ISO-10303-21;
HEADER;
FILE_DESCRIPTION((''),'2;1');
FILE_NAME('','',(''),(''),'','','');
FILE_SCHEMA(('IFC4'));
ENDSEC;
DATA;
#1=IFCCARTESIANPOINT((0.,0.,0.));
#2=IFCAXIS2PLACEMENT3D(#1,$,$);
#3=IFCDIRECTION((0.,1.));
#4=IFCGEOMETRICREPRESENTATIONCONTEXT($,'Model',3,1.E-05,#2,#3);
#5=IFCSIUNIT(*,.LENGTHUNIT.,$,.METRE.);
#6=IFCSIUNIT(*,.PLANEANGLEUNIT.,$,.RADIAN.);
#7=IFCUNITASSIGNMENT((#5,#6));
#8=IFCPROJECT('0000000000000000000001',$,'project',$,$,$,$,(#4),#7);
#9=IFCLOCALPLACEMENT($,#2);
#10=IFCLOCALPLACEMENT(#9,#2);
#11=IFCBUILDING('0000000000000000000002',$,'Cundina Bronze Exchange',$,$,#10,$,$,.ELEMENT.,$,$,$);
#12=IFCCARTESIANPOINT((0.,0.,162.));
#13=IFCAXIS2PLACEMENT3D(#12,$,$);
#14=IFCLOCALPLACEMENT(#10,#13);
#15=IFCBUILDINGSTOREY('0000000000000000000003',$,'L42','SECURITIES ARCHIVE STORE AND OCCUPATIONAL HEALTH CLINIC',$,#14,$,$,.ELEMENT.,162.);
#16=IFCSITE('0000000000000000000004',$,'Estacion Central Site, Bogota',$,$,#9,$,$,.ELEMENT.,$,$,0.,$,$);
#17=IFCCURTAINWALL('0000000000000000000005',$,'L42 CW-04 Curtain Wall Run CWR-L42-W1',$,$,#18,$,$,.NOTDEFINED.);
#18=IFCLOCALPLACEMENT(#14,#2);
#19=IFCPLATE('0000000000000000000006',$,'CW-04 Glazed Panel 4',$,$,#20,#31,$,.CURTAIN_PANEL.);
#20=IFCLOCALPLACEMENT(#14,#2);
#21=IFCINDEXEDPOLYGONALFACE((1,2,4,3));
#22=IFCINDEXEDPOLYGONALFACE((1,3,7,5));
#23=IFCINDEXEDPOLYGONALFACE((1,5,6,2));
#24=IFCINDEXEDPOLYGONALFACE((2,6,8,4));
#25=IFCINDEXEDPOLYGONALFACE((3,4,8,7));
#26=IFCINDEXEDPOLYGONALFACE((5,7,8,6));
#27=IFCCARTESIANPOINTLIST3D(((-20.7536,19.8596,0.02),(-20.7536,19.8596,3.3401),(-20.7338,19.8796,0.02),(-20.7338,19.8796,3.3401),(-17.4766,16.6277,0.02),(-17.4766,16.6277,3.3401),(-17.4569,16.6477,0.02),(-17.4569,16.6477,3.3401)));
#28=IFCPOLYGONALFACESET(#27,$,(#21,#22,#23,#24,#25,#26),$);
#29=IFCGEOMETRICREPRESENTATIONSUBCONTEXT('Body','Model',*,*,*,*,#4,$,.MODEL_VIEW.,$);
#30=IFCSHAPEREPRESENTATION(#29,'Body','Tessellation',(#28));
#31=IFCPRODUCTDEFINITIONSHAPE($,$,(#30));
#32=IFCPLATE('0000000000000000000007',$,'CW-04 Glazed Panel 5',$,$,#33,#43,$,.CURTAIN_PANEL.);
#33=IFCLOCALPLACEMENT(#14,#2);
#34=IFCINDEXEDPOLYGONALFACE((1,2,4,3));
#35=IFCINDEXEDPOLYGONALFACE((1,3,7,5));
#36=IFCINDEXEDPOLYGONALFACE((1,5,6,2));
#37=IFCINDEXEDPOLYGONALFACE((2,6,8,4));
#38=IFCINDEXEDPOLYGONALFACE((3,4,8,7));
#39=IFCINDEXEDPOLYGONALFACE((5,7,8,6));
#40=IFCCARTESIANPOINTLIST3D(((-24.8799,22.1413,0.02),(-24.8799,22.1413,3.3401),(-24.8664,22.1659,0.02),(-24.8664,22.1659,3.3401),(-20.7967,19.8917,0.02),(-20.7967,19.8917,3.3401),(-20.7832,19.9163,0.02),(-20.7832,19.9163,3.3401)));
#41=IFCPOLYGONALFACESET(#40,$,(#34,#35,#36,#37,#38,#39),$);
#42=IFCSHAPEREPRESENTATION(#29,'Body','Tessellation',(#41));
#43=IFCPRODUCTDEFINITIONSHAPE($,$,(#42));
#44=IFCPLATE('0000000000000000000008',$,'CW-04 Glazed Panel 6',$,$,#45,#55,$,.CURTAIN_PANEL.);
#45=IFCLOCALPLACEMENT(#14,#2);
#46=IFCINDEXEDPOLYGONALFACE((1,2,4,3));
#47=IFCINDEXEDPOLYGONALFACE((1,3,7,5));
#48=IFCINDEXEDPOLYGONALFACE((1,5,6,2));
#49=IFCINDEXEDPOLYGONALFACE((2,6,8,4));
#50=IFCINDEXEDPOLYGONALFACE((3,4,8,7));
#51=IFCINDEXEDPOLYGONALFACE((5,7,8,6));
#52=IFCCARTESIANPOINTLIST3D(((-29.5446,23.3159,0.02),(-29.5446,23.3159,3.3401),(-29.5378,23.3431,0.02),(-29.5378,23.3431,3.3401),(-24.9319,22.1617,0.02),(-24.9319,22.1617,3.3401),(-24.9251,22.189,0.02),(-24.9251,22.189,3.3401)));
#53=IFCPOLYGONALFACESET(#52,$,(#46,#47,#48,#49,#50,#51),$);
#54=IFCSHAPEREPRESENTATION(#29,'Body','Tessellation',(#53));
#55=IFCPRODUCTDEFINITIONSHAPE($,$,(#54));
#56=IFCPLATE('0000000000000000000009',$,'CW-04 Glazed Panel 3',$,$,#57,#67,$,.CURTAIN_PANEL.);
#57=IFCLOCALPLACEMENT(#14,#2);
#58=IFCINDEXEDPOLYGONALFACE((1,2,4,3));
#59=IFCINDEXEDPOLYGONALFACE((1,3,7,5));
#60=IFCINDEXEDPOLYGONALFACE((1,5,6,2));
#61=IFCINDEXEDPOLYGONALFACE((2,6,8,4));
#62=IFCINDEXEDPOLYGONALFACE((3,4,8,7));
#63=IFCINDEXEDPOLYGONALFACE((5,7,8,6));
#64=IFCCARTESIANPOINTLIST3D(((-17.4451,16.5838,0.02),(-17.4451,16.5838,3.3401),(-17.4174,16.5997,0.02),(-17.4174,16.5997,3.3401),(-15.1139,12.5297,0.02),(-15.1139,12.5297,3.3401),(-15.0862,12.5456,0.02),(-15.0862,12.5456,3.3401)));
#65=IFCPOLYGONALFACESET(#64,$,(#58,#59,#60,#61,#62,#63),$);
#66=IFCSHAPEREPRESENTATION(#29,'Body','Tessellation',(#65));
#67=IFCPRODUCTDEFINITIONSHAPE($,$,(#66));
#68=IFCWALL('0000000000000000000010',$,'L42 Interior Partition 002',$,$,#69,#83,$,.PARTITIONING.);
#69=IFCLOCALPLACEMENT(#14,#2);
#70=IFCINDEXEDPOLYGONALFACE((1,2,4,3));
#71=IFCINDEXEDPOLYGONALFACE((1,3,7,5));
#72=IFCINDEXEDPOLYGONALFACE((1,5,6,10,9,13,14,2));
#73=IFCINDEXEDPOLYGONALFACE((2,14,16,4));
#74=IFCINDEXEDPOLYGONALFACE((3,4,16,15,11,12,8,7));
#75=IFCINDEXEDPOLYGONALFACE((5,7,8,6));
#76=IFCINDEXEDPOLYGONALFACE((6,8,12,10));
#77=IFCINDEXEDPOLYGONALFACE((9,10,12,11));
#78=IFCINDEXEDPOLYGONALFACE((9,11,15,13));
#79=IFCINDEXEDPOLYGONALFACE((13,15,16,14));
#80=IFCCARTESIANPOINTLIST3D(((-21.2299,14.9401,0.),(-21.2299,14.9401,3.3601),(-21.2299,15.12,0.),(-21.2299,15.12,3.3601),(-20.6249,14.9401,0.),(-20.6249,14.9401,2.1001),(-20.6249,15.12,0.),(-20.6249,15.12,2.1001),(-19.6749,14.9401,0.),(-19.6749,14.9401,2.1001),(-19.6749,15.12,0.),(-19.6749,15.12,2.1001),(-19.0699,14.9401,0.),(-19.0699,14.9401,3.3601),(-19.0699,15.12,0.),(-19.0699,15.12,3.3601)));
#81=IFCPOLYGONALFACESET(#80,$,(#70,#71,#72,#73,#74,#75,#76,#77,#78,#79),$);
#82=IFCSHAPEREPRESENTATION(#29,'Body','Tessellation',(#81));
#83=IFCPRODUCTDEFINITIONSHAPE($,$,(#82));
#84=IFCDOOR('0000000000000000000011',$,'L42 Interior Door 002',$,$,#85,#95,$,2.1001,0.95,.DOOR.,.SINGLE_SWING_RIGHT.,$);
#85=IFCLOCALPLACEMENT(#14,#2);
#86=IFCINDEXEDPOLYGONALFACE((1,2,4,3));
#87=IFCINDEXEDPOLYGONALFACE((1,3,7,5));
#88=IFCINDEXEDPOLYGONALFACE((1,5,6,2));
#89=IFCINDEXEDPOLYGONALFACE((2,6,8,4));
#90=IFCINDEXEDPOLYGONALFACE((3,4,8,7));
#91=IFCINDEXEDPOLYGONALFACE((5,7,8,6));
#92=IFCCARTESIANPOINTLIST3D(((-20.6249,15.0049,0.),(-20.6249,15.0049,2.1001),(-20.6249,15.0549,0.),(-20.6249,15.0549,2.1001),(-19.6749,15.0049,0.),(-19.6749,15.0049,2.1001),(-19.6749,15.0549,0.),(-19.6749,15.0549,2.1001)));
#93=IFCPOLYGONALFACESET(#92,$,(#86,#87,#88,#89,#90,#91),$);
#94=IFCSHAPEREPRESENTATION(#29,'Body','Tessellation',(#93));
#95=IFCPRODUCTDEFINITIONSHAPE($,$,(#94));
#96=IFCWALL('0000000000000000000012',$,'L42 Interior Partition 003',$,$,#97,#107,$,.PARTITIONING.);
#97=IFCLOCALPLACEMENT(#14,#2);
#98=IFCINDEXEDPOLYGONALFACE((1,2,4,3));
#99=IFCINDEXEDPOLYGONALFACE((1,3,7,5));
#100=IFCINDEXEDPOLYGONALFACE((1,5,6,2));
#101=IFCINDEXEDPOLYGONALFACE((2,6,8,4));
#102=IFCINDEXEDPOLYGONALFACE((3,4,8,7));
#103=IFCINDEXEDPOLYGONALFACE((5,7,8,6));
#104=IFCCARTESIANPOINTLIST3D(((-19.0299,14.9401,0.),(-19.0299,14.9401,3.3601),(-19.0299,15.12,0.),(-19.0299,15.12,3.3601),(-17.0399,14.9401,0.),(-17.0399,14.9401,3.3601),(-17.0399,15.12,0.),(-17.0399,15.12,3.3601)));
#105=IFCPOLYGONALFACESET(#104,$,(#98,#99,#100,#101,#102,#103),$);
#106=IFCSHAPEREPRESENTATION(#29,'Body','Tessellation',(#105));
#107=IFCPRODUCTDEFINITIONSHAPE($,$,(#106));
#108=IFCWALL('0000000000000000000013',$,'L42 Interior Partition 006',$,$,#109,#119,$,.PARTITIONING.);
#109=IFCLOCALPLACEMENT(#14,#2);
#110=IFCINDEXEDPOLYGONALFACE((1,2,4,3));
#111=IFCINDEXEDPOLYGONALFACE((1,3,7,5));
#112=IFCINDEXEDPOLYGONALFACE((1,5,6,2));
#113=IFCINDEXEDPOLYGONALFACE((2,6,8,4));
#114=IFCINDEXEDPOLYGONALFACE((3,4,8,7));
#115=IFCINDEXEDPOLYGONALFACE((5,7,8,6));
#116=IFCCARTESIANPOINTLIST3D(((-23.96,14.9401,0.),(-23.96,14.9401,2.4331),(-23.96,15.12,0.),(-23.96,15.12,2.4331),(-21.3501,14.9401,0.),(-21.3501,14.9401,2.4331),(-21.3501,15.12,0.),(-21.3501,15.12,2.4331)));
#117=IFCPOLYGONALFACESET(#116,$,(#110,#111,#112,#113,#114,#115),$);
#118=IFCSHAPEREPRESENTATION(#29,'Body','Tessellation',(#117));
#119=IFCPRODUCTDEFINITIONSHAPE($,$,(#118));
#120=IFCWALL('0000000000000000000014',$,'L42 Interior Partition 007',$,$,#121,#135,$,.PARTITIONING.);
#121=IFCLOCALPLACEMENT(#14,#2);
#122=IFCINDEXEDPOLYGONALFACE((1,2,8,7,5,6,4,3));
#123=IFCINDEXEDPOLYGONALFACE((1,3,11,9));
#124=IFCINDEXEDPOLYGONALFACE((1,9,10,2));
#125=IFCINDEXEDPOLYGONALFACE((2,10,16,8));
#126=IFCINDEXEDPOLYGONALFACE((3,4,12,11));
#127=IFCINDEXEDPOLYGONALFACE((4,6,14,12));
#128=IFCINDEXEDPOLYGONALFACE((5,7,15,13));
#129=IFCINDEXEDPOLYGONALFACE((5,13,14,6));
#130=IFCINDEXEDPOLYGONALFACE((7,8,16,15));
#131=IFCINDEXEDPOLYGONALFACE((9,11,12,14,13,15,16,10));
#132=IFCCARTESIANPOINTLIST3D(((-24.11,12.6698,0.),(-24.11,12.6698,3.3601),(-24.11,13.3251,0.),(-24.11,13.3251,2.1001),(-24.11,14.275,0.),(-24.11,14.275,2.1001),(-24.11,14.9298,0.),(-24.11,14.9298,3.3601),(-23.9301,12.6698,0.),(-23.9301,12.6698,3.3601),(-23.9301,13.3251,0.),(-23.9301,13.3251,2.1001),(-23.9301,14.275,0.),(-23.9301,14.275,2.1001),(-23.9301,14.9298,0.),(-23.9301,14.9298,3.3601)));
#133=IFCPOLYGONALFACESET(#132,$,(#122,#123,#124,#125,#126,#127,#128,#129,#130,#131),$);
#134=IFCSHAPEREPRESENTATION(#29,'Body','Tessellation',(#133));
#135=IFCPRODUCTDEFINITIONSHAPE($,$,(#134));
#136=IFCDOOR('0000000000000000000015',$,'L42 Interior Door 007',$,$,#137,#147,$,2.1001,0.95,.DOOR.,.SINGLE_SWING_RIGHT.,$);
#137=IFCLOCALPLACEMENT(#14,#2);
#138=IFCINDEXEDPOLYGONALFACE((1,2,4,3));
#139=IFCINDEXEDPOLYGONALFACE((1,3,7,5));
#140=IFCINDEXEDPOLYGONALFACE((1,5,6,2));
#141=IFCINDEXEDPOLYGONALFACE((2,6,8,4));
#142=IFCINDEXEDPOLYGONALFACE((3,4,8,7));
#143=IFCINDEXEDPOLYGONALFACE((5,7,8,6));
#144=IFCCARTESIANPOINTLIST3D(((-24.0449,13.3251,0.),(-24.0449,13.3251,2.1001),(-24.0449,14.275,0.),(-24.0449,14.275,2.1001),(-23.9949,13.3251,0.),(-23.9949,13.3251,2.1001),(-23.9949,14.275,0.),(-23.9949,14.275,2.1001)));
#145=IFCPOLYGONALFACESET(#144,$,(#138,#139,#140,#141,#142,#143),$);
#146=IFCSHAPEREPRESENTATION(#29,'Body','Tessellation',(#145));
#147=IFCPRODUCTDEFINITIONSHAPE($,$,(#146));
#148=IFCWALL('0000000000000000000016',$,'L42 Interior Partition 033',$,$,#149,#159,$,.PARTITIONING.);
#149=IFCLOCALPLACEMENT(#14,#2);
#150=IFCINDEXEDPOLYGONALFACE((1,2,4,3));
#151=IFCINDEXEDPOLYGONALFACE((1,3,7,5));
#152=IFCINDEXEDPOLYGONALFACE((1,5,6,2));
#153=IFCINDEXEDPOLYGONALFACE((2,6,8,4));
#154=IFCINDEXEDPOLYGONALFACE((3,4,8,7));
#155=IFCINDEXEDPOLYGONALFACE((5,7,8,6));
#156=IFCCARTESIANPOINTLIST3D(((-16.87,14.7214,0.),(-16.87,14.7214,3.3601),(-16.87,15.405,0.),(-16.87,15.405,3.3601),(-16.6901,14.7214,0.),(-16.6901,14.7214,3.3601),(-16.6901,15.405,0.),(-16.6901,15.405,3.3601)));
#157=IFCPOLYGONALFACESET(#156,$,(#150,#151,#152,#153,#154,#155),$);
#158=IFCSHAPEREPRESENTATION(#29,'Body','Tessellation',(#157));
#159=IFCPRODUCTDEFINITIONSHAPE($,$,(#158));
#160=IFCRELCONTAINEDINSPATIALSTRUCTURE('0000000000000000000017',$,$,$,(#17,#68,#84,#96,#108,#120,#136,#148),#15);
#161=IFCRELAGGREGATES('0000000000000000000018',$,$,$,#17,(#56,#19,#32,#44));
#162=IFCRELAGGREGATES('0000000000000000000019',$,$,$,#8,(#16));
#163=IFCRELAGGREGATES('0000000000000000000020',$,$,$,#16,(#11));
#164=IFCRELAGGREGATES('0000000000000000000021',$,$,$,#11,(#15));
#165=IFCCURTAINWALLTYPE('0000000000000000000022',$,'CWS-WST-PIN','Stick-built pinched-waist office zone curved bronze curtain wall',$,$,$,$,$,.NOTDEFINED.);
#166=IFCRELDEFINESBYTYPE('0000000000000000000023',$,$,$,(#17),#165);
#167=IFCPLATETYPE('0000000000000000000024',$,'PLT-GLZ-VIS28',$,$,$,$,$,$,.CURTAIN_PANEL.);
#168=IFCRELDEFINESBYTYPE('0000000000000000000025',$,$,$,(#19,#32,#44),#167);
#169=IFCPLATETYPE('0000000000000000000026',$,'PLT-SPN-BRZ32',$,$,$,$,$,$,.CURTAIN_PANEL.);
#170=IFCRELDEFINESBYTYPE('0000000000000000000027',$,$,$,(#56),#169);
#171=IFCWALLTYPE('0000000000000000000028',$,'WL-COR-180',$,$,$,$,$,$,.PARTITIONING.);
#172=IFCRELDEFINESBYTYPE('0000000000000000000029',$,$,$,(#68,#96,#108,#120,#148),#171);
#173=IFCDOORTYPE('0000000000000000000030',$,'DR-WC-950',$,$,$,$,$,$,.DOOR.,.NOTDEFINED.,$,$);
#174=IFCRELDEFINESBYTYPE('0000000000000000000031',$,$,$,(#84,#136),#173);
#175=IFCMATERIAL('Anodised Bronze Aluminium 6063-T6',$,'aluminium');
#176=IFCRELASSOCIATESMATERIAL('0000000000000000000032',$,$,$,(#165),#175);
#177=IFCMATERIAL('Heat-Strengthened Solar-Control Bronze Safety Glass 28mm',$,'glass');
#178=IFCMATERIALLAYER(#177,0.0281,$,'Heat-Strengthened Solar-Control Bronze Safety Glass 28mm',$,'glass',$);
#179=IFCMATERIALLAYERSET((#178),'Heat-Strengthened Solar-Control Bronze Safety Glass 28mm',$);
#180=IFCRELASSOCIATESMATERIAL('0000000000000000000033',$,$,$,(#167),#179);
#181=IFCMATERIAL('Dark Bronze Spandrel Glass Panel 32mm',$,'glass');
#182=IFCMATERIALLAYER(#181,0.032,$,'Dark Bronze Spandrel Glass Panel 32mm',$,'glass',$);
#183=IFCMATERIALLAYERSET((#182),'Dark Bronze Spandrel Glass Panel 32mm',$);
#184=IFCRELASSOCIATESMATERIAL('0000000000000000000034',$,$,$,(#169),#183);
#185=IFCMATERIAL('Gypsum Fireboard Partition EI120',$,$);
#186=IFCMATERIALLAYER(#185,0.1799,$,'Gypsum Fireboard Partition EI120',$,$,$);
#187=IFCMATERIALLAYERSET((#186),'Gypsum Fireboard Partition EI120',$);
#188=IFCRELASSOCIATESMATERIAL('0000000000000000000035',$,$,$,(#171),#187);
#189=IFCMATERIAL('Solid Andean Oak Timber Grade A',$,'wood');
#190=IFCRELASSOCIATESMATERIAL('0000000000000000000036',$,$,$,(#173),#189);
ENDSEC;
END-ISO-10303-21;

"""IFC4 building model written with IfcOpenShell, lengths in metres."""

from ifc_helpers import new_model, si_unit, direction, frame, frame_2d, origin, origin_2d, place, context, subcontext, project, spatial, rectangle, extrude, material, layer, layer_set, type_object, element, fill, aggregate, save


model = new_model("IFC4")

# Units and contexts
model_context = context("Model", 3, precision=1e-05, world=origin(), true_north=direction((0.0, 1.0)))
body_context = subcontext(model_context, "Body", "Model", "MODEL_VIEW")
ifc_project = project(units=[si_unit("LENGTHUNIT", "METRE"), si_unit("PLANEANGLEUNIT", "RADIAN")], contexts=[model_context])

# Site, building, storey
site_placement = place(None, origin())
site = spatial("IfcSite", under=ifc_project, at=site_placement, Name="Estacion Central Site, Bogota", CompositionType="ELEMENT", RefElevation=0.0)
building_placement = place(site_placement, origin())
building = spatial("IfcBuilding", under=site, at=building_placement, Name="Cundina Bronze Exchange", CompositionType="ELEMENT")
storey_placement = place(building_placement, frame((0.0, 0.0, 162.0)))
storey = spatial("IfcBuildingStorey", under=building, at=storey_placement, Name="L42", Description="SECURITIES ARCHIVE STORE AND OCCUPATIONAL HEALTH CLINIC", CompositionType="ELEMENT", Elevation=162.0)

# Curtain wall, plates
ifc_material_1 = material(Name="Anodised Bronze Aluminium 6063-T6", Category="aluminium")
curtain_wall_type = type_object("IfcCurtainWallType", Name="CWS-WST-PIN", Description="Stick-built pinched-waist office zone curved bronze curtain wall", PredefinedType="NOTDEFINED", material=ifc_material_1)
curtain_wall_placement = place(storey_placement, origin())
curtain_wall = element("IfcCurtainWall", 1, at=curtain_wall_placement, inside=storey, type_object=curtain_wall_type, Name="L42 CW-04 Curtain Wall Run CWR-L42-W1", PredefinedType="NOTDEFINED")
ifc_material_2 = material(Name="Heat-Strengthened Solar-Control Bronze Safety Glass 28mm", Category="glass")
ifc_layer_1 = layer(ifc_material_2, 0.0281, Name="Heat-Strengthened Solar-Control Bronze Safety Glass 28mm", Category="glass")
ifc_layer_set_1 = layer_set([ifc_layer_1], Name="Heat-Strengthened Solar-Control Bronze Safety Glass 28mm")
plate_type_1 = type_object("IfcPlateType", Name="PLT-GLZ-VIS28", PredefinedType="CURTAIN_PANEL", material=ifc_layer_set_1)
plate_1_placement = place(storey_placement, frame((-19.1052, 18.2537, 0.02), z_axis=(0.0, 0.0, 1.0), x_axis=(-0.711989, 0.70219, 0.0)))
plate_1 = element("IfcPlate", 2, at=plate_1_placement, type_object=plate_type_1, Name="CW-04 Glazed Panel 4", PredefinedType="CURTAIN_PANEL", context=body_context, shape_type="SweptSolid", body=[
    extrude(rectangle(XDim=4.6025, YDim=0.0281, at=origin_2d()), origin(), (0.0, 0.0, 1.0), 3.3201),
])
plate_2_placement = place(storey_placement, frame((-22.8315, 21.0288, 0.02), z_axis=(0.0, 0.0, 1.0), x_axis=(-0.875869, 0.482549, 0.0)))
plate_2 = element("IfcPlate", 3, at=plate_2_placement, type_object=plate_type_1, Name="CW-04 Glazed Panel 5", PredefinedType="CURTAIN_PANEL", context=body_context, shape_type="SweptSolid", body=[
    extrude(rectangle(XDim=4.6619, YDim=0.0281, at=origin_2d()), origin(), (0.0, 0.0, 1.0), 3.3201),
])
plate_3_placement = place(storey_placement, frame((-27.2349, 22.7524, 0.02), z_axis=(0.0, 0.0, 1.0), x_axis=(-0.970093, 0.242735, 0.0)))
plate_3 = element("IfcPlate", 4, at=plate_3_placement, type_object=plate_type_1, Name="CW-04 Glazed Panel 6", PredefinedType="CURTAIN_PANEL", context=body_context, shape_type="SweptSolid", body=[
    extrude(rectangle(XDim=4.7549, YDim=0.0281, at=origin_2d()), origin(), (0.0, 0.0, 1.0), 3.3201),
])
ifc_material_3 = material(Name="Dark Bronze Spandrel Glass Panel 32mm", Category="glass")
ifc_layer_2 = layer(ifc_material_3, 0.032, Name="Dark Bronze Spandrel Glass Panel 32mm", Category="glass")
ifc_layer_set_2 = layer_set([ifc_layer_2], Name="Dark Bronze Spandrel Glass Panel 32mm")
plate_type_2 = type_object("IfcPlateType", Name="PLT-SPN-BRZ32", PredefinedType="CURTAIN_PANEL", material=ifc_layer_set_2)
plate_4_placement = place(storey_placement, frame((-16.2656, 14.5647, 0.02), z_axis=(0.0, 0.0, 1.0), x_axis=(-0.498488, 0.866897, 0.0)))
plate_4 = element("IfcPlate", 5, at=plate_4_placement, type_object=plate_type_2, Name="CW-04 Glazed Panel 3", PredefinedType="CURTAIN_PANEL", context=body_context, shape_type="SweptSolid", body=[
    extrude(rectangle(XDim=4.6765, YDim=0.032, at=origin_2d()), origin(), (0.0, 0.0, 1.0), 3.3201),
])
aggregate(curtain_wall, [plate_4, plate_1, plate_2, plate_3])

# Wall, opening, door
ifc_material_4 = material(Name="Gypsum Fireboard Partition EI120")
ifc_layer_3 = layer(ifc_material_4, 0.1799, Name="Gypsum Fireboard Partition EI120")
ifc_layer_set_3 = layer_set([ifc_layer_3], Name="Gypsum Fireboard Partition EI120")
wall_type_1 = type_object("IfcWallType", Name="WL-COR-180", PredefinedType="PARTITIONING", material=ifc_layer_set_3)
wall_1_placement = place(storey_placement, frame((-21.23, 15.03, 0.0), z_axis=(0.0, 0.0, 1.0), x_axis=(1.0, 0.0, 0.0)))
wall_1 = element("IfcWall", 6, at=wall_1_placement, inside=storey, type_object=wall_type_1, Name="L42 Interior Partition 002", PredefinedType="PARTITIONING", context=body_context, shape_type="SweptSolid", body=[
    extrude(rectangle(XDim=2.1599, YDim=0.1799, at=frame_2d((1.0801, 0.0))), origin(), (0.0, 0.0, 1.0), 3.3601),
])
opening_1_placement = place(wall_1_placement, frame((0.605, 0.0, 0.0)))
opening_1 = element("IfcOpeningElement", 7, at=opening_1_placement, cuts=wall_1, PredefinedType="OPENING", context=body_context, shape_type="SweptSolid", body=[
    extrude(rectangle(XDim=0.95, YDim=2.1001, at=frame_2d((0.4751, 1.05))), frame((0.0, 0.0999, 0.0), z_axis=(0.0, -1.0, 0.0), x_axis=(1.0, 0.0, 0.0)), (0.0, 0.0, 1.0), 0.2),
])
ifc_material_5 = material(Name="Solid Andean Oak Timber Grade A", Category="wood")
door_type_1 = type_object("IfcDoorType", Name="DR-WC-950", OperationType="NOTDEFINED", PredefinedType="DOOR", material=ifc_material_5)
door_1_placement = place(opening_1_placement, origin())
door_1 = element("IfcDoor", 8, at=door_1_placement, inside=storey, type_object=door_type_1, Name="L42 Interior Door 002", OperationType="SINGLE_SWING_RIGHT", OverallHeight=2.1001, OverallWidth=0.95, PredefinedType="DOOR", context=body_context, shape_type="SweptSolid", body=[
    extrude(rectangle(XDim=0.95, YDim=2.1001, at=frame_2d((0.4751, 1.05))), frame((0.0, 0.0249, 0.0), z_axis=(0.0, -1.0, 0.0), x_axis=(1.0, 0.0, 0.0)), (0.0, 0.0, 1.0), 0.05),
])
fill(opening_1, door_1)

# Walls
wall_2_placement = place(storey_placement, frame((-19.03, 15.03, 0.0), z_axis=(0.0, 0.0, 1.0), x_axis=(1.0, 0.0, 0.0)))
element("IfcWall", 9, at=wall_2_placement, inside=storey, type_object=wall_type_1, Name="L42 Interior Partition 003", PredefinedType="PARTITIONING", context=body_context, shape_type="SweptSolid", body=[
    extrude(rectangle(XDim=1.99, YDim=0.1799, at=frame_2d((0.9951, 0.0))), origin(), (0.0, 0.0, 1.0), 3.3601),
])
wall_3_placement = place(storey_placement, frame((-23.96, 15.03, 0.0), z_axis=(0.0, 0.0, 1.0), x_axis=(1.0, 0.0, 0.0)))
element("IfcWall", 10, at=wall_3_placement, inside=storey, type_object=wall_type_1, Name="L42 Interior Partition 006", PredefinedType="PARTITIONING", context=body_context, shape_type="SweptSolid", body=[
    extrude(rectangle(XDim=2.6099, YDim=0.1799, at=frame_2d((1.3049, 0.0))), origin(), (0.0, 0.0, 1.0), 2.4331),
])

# Wall, opening, door
wall_4_placement = place(storey_placement, frame((-24.02, 12.6699, 0.0), z_axis=(0.0, 0.0, 1.0), x_axis=(0.0, 1.0, 0.0)))
wall_4 = element("IfcWall", 11, at=wall_4_placement, inside=storey, type_object=wall_type_1, Name="L42 Interior Partition 007", PredefinedType="PARTITIONING", context=body_context, shape_type="SweptSolid", body=[
    extrude(rectangle(XDim=2.26, YDim=0.1799, at=frame_2d((1.1299, 0.0))), origin(), (0.0, 0.0, 1.0), 3.3601),
])
opening_2_placement = place(wall_4_placement, frame((0.655, 0.0, 0.0)))
opening_2 = element("IfcOpeningElement", 12, at=opening_2_placement, cuts=wall_4, PredefinedType="OPENING", context=body_context, shape_type="SweptSolid", body=[
    extrude(rectangle(XDim=0.95, YDim=2.1001, at=frame_2d((0.4751, 1.05))), frame((0.0, 0.0999, 0.0), z_axis=(0.0, -1.0, 0.0), x_axis=(1.0, 0.0, 0.0)), (0.0, 0.0, 1.0), 0.2),
])
door_2_placement = place(opening_2_placement, origin())
door_2 = element("IfcDoor", 13, at=door_2_placement, inside=storey, type_object=door_type_1, Name="L42 Interior Door 007", OperationType="SINGLE_SWING_RIGHT", OverallHeight=2.1001, OverallWidth=0.95, PredefinedType="DOOR", context=body_context, shape_type="SweptSolid", body=[
    extrude(rectangle(XDim=0.95, YDim=2.1001, at=frame_2d((0.4751, 1.05))), frame((0.0, 0.0249, 0.0), z_axis=(0.0, -1.0, 0.0), x_axis=(1.0, 0.0, 0.0)), (0.0, 0.0, 1.0), 0.05),
])
fill(opening_2, door_2)

# Wall
wall_5_placement = place(storey_placement, frame((-16.78, 14.7214, 0.0), z_axis=(0.0, 0.0, 1.0), x_axis=(0.0, 1.0, 0.0)))
element("IfcWall", 14, at=wall_5_placement, inside=storey, type_object=wall_type_1, Name="L42 Interior Partition 033", PredefinedType="PARTITIONING", context=body_context, shape_type="SweptSolid", body=[
    extrude(rectangle(XDim=0.6836, YDim=0.1799, at=frame_2d((0.3418, 0.0))), origin(), (0.0, 0.0, 1.0), 3.3601),
])

save(model, "model.ifc")
